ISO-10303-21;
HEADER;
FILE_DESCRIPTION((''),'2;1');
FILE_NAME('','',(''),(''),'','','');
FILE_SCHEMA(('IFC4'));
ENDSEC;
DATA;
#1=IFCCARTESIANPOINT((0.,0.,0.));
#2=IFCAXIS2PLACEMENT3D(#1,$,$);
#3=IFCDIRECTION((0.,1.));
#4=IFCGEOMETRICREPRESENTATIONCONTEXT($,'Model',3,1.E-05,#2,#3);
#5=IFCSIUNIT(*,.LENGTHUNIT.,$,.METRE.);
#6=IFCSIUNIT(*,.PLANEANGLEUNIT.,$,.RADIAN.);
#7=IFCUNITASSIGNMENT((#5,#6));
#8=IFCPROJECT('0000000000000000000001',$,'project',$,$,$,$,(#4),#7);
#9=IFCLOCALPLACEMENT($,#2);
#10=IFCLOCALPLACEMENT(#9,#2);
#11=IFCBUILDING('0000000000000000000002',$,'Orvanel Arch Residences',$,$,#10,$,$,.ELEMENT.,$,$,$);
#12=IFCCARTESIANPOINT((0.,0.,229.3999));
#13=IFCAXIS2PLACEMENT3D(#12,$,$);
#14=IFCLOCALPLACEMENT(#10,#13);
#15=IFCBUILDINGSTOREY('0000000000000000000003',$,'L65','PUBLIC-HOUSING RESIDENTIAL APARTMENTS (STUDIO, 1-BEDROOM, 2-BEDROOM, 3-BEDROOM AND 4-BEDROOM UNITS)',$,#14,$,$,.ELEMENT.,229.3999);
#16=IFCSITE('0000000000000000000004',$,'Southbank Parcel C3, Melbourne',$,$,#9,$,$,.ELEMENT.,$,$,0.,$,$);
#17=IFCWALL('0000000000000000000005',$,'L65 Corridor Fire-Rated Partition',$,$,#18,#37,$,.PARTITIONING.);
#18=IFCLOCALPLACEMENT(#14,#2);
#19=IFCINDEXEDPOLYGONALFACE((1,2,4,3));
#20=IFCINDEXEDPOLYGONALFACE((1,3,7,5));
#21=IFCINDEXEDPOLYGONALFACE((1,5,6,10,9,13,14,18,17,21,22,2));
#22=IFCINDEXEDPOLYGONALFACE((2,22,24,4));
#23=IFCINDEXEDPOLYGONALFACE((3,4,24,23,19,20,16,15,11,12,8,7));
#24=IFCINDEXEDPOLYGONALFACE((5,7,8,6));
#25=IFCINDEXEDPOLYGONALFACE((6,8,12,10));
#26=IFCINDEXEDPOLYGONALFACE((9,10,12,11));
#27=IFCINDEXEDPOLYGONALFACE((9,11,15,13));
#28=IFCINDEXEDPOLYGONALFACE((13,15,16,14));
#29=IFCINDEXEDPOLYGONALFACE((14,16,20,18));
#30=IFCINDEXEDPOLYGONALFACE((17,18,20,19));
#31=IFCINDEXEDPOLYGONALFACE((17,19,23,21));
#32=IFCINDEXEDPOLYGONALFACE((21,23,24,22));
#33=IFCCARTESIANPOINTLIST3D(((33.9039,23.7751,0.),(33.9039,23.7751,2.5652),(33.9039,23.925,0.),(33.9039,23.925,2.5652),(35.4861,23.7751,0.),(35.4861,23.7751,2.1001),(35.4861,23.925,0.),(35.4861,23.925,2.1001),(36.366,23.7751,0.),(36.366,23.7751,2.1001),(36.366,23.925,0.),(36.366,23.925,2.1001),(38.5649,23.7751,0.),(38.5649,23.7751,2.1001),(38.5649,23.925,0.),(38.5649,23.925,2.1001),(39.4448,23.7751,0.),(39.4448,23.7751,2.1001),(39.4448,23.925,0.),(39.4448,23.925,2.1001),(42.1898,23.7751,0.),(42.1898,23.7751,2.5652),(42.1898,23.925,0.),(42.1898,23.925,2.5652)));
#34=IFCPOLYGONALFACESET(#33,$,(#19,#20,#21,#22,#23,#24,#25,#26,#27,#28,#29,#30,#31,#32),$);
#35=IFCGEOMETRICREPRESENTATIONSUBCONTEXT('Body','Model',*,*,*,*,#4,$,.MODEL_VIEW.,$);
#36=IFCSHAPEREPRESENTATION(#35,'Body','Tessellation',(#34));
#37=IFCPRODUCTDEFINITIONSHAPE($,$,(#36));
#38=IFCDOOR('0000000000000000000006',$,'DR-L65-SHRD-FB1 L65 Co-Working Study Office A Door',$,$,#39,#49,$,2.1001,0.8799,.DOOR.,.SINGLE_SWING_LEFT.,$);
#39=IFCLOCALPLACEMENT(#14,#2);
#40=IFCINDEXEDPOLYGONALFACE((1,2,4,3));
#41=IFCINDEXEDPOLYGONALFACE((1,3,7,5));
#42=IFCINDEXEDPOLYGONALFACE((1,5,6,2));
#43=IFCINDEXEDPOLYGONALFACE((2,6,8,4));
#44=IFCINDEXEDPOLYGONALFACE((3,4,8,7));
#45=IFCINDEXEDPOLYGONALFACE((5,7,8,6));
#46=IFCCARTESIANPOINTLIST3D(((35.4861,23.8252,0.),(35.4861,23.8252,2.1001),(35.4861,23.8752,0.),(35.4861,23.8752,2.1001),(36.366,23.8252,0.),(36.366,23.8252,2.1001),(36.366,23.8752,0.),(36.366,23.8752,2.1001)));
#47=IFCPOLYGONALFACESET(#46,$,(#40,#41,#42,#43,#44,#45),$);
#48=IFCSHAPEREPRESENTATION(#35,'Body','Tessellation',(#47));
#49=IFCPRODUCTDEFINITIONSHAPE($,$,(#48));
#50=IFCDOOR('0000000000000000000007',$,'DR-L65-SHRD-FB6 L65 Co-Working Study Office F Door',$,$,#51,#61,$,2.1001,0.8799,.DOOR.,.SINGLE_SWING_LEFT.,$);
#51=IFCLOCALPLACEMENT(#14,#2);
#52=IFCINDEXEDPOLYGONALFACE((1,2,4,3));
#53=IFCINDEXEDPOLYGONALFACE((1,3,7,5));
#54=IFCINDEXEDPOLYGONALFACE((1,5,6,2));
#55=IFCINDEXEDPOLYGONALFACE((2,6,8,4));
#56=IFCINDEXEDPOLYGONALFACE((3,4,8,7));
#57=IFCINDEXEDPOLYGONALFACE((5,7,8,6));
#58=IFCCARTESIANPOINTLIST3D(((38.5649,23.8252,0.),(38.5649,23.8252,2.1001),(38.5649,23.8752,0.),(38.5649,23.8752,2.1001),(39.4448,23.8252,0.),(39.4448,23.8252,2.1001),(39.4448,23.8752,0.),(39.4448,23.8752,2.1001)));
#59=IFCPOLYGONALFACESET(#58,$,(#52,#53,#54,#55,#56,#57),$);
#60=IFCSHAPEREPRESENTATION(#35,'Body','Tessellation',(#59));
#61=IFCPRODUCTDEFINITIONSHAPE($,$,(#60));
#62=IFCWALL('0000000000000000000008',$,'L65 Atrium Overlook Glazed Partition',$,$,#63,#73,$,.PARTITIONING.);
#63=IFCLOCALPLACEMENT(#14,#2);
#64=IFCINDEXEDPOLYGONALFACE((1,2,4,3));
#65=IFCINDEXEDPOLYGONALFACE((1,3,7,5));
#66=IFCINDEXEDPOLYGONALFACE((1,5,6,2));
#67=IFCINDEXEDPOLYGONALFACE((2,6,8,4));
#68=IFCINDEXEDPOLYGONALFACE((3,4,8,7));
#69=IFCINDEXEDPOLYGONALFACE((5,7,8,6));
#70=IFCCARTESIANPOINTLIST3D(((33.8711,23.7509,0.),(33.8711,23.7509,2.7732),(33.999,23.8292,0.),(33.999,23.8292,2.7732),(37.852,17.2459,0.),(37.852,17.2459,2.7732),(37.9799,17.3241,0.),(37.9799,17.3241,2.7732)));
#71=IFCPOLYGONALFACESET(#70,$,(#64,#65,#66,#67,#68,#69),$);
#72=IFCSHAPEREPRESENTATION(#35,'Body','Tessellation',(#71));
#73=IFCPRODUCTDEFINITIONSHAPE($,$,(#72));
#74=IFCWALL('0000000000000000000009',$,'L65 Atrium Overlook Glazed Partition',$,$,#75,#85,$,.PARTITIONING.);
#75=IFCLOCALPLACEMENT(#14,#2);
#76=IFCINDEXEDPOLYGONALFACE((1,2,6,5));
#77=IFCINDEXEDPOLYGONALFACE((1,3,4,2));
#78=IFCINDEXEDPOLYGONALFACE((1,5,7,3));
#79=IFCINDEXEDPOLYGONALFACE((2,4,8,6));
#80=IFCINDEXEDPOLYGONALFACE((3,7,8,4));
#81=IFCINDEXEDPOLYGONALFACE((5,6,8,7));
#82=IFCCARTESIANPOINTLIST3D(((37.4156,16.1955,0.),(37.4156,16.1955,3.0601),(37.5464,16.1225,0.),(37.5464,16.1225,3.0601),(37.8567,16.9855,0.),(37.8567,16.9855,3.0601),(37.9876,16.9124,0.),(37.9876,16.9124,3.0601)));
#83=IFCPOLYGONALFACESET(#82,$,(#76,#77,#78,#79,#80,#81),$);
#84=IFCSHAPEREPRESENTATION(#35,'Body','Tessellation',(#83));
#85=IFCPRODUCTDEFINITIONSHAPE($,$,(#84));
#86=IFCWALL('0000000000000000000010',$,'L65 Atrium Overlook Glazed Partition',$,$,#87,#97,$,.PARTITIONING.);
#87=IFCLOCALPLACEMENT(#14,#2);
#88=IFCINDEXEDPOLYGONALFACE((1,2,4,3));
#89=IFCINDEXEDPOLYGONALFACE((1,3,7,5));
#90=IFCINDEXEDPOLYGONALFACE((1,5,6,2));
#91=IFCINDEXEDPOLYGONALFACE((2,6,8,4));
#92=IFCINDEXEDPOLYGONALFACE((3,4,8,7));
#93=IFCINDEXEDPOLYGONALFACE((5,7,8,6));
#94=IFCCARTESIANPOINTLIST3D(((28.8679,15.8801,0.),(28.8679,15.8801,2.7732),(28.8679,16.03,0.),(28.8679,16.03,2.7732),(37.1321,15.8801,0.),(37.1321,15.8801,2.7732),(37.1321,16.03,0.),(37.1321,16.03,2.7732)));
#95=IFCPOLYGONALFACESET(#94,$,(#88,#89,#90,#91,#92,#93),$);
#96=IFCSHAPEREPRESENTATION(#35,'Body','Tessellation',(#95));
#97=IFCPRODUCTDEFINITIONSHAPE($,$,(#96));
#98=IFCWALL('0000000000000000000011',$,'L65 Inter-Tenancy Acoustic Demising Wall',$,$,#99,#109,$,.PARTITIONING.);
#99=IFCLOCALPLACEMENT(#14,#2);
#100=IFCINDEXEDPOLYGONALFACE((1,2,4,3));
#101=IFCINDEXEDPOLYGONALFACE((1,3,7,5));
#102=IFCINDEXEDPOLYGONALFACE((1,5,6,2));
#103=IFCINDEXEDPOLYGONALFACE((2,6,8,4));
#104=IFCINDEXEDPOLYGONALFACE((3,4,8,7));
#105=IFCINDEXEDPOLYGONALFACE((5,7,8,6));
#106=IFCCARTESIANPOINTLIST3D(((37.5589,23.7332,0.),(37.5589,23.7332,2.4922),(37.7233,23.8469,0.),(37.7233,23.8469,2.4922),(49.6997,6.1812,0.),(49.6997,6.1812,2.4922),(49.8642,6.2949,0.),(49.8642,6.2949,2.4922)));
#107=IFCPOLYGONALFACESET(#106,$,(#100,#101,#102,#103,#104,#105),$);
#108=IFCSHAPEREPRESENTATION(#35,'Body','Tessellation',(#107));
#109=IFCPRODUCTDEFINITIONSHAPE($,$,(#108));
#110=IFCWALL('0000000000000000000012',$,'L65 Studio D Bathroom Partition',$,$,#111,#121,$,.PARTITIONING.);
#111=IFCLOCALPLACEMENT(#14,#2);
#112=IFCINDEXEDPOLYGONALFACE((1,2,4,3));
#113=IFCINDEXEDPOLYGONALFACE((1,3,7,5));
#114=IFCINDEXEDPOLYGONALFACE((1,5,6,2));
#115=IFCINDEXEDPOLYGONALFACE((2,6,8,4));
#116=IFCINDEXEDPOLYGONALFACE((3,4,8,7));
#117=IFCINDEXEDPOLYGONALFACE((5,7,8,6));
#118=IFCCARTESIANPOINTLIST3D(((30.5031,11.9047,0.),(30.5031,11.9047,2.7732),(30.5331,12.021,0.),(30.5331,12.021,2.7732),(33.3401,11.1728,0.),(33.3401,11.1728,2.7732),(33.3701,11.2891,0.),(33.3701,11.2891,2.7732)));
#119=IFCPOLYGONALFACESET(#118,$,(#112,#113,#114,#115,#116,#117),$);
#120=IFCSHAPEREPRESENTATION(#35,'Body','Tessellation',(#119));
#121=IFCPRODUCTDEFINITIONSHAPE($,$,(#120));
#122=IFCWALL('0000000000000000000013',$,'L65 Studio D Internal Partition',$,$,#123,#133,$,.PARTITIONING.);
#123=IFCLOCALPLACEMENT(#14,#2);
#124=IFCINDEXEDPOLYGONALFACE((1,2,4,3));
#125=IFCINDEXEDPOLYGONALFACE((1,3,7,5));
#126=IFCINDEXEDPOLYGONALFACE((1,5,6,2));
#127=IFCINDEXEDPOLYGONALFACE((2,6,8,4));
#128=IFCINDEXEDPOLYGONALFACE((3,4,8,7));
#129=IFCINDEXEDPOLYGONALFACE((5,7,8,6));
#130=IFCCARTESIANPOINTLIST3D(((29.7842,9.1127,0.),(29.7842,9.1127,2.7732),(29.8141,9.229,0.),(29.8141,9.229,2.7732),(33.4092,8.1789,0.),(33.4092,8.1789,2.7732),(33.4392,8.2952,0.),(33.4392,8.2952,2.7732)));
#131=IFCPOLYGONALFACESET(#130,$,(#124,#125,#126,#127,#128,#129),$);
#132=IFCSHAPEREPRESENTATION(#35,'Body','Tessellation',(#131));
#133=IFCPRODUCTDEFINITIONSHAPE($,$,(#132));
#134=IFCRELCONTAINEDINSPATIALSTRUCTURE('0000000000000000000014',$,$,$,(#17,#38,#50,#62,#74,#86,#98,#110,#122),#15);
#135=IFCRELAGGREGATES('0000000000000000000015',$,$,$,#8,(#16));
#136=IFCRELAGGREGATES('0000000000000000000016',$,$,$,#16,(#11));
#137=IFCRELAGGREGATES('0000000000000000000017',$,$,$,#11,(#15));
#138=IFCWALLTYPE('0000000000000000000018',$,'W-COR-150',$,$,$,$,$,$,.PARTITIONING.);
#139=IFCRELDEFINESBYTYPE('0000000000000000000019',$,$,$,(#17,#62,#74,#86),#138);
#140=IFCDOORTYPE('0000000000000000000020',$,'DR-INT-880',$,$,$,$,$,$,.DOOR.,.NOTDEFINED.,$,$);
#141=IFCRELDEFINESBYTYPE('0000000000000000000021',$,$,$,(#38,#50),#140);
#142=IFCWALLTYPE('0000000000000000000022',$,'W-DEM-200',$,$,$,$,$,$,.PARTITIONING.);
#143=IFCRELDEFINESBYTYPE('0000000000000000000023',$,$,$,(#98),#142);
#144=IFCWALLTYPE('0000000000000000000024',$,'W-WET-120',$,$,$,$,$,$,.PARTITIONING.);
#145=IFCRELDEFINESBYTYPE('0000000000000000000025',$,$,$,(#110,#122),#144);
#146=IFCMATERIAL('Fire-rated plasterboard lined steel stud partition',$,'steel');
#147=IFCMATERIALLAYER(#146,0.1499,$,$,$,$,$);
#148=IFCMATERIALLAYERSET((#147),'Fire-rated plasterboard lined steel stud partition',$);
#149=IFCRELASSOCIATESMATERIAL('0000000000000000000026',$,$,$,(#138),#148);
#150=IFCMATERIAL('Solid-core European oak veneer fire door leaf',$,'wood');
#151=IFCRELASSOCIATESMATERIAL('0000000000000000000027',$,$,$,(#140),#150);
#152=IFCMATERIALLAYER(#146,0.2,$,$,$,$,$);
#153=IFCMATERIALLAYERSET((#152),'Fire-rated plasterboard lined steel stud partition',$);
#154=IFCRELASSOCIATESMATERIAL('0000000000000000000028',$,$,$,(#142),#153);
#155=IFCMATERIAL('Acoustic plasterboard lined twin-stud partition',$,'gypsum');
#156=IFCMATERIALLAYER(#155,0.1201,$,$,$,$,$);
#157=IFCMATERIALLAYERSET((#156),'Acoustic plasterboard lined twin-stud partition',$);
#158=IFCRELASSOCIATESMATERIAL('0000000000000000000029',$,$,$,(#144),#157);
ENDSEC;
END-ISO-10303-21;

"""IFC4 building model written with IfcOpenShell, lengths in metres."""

from ifc_helpers import new_model, si_unit, direction, frame, frame_2d, origin, place, context, subcontext, project, spatial, rectangle, extrude, material, layer, layer_set, type_object, element, fill, save


model = new_model("IFC4")

# Units and contexts
model_context = context("Model", 3, precision=1e-05, world=origin(), true_north=direction((0.0, 1.0)))
body_context = subcontext(model_context, "Body", "Model", "MODEL_VIEW")
ifc_project = project(units=[si_unit("LENGTHUNIT", "METRE"), si_unit("PLANEANGLEUNIT", "RADIAN")], contexts=[model_context])

# Site, building, storey
site_placement = place(None, origin())
site = spatial("IfcSite", under=ifc_project, at=site_placement, Name="Southbank Parcel C3, Melbourne", CompositionType="ELEMENT", RefElevation=0.0)
building_placement = place(site_placement, origin())
building = spatial("IfcBuilding", under=site, at=building_placement, Name="Orvanel Arch Residences", CompositionType="ELEMENT")
storey_placement = place(building_placement, frame((0.0, 0.0, 229.3999)))
storey = spatial("IfcBuildingStorey", under=building, at=storey_placement, Name="L65", Description="PUBLIC-HOUSING RESIDENTIAL APARTMENTS (STUDIO, 1-BEDROOM, 2-BEDROOM, 3-BEDROOM AND 4-BEDROOM UNITS)", CompositionType="ELEMENT", Elevation=229.3999)

# Shared definitions
ifc_material_1 = material(Name="Fire-rated plasterboard lined steel stud partition", Category="steel")
ifc_layer_1 = layer(ifc_material_1, 0.1499)
ifc_layer_set_1 = layer_set([ifc_layer_1], Name="Fire-rated plasterboard lined steel stud partition")
wall_type_1 = type_object("IfcWallType", Name="W-COR-150", PredefinedType="PARTITIONING", material=ifc_layer_set_1)
ifc_material_2 = material(Name="Solid-core European oak veneer fire door leaf", Category="wood")

# Wall, openings, doors
wall_1_placement = place(storey_placement, frame((42.1899, 23.8501, 0.0), z_axis=(0.0, 0.0, 1.0), x_axis=(-1.0, 0.0, 0.0)))
wall_1 = element("IfcWall", 1, at=wall_1_placement, inside=storey, type_object=wall_type_1, Name="L65 Corridor Fire-Rated Partition", PredefinedType="PARTITIONING", context=body_context, shape_type="SweptSolid", body=[
    extrude(rectangle(XDim=8.2859, YDim=0.1499, at=frame_2d((4.1431, 0.0))), origin(), (0.0, 0.0, 1.0), 2.5652),
])
opening_1_placement = place(wall_1_placement, frame((5.824, 0.0, 0.0)))
opening_1 = element("IfcOpeningElement", 2, at=opening_1_placement, cuts=wall_1, PredefinedType="OPENING", context=body_context, shape_type="SweptSolid", body=[
    extrude(rectangle(XDim=0.8799, YDim=2.1001, at=frame_2d((0.4399, 1.05))), frame((0.0, 0.085, 0.0), z_axis=(0.0, -1.0, 0.0), x_axis=(1.0, 0.0, 0.0)), (0.0, 0.0, 1.0), 0.1699),
])
opening_2_placement = place(wall_1_placement, frame((2.7451, 0.0, 0.0)))
opening_2 = element("IfcOpeningElement", 3, at=opening_2_placement, cuts=wall_1, PredefinedType="OPENING", context=body_context, shape_type="SweptSolid", body=[
    extrude(rectangle(XDim=0.8799, YDim=2.1001, at=frame_2d((0.4399, 1.05))), frame((0.0, 0.085, 0.0), z_axis=(0.0, -1.0, 0.0), x_axis=(1.0, 0.0, 0.0)), (0.0, 0.0, 1.0), 0.1699),
])
door_type_1 = type_object("IfcDoorType", Name="DR-INT-880", OperationType="NOTDEFINED", PredefinedType="DOOR", material=ifc_material_2)
door_1_placement = place(opening_1_placement, origin())
door_1 = element("IfcDoor", 4, at=door_1_placement, inside=storey, type_object=door_type_1, Name="DR-L65-SHRD-FB1 L65 Co-Working Study Office A Door", OperationType="SINGLE_SWING_LEFT", OverallHeight=2.1001, OverallWidth=0.8799, PredefinedType="DOOR", context=body_context, shape_type="SweptSolid", body=[
    extrude(rectangle(XDim=0.8799, YDim=2.1001, at=frame_2d((0.4399, 1.05))), frame((0.0, 0.0249, 0.0), z_axis=(0.0, -1.0, 0.0), x_axis=(1.0, 0.0, 0.0)), (0.0, 0.0, 1.0), 0.05),
])
fill(opening_1, door_1)
door_2_placement = place(opening_2_placement, origin())
door_2 = element("IfcDoor", 5, at=door_2_placement, inside=storey, type_object=door_type_1, Name="DR-L65-SHRD-FB6 L65 Co-Working Study Office F Door", OperationType="SINGLE_SWING_LEFT", OverallHeight=2.1001, OverallWidth=0.8799, PredefinedType="DOOR", context=body_context, shape_type="SweptSolid", body=[
    extrude(rectangle(XDim=0.8799, YDim=2.1001, at=frame_2d((0.4399, 1.05))), frame((0.0, 0.0249, 0.0), z_axis=(0.0, -1.0, 0.0), x_axis=(1.0, 0.0, 0.0)), (0.0, 0.0, 1.0), 0.05),
])
fill(opening_2, door_2)

# Walls
wall_2_placement = place(storey_placement, frame((33.9351, 23.79, 0.0), z_axis=(0.0, 0.0, 1.0), x_axis=(0.521985, -0.852955, 0.0)))
element("IfcWall", 6, at=wall_2_placement, inside=storey, type_object=wall_type_1, Name="L65 Atrium Overlook Glazed Partition", PredefinedType="PARTITIONING", context=body_context, shape_type="SweptSolid", body=[
    extrude(rectangle(XDim=7.6265, YDim=0.1499, at=frame_2d((3.8132, 0.0))), origin(), (0.0, 0.0, 1.0), 2.7732),
])
wall_3_placement = place(storey_placement, frame((37.9221, 16.949, 0.0), z_axis=(0.0, 0.0, 1.0), x_axis=(-0.487543, -0.873099, 0.0)))
element("IfcWall", 7, at=wall_3_placement, inside=storey, type_object=wall_type_1, Name="L65 Atrium Overlook Glazed Partition", PredefinedType="PARTITIONING", context=body_context, shape_type="SweptSolid", body=[
    extrude(rectangle(XDim=0.9048, YDim=0.1499, at=frame_2d((0.4524, 0.0))), origin(), (0.0, 0.0, 1.0), 3.0601),
])
wall_4_placement = place(storey_placement, frame((37.1321, 15.9551, 0.0), z_axis=(0.0, 0.0, 1.0), x_axis=(-1.0, 0.0, 0.0)))
element("IfcWall", 8, at=wall_4_placement, inside=storey, type_object=wall_type_1, Name="L65 Atrium Overlook Glazed Partition", PredefinedType="PARTITIONING", context=body_context, shape_type="SweptSolid", body=[
    extrude(rectangle(XDim=8.2642, YDim=0.1499, at=frame_2d((4.1321, 0.0))), origin(), (0.0, 0.0, 1.0), 2.7732),
])
ifc_layer_2 = layer(ifc_material_1, 0.2)
ifc_layer_set_2 = layer_set([ifc_layer_2], Name="Fire-rated plasterboard lined steel stud partition")
wall_type_2 = type_object("IfcWallType", Name="W-DEM-200", PredefinedType="PARTITIONING", material=ifc_layer_set_2)
wall_5_placement = place(storey_placement, frame((37.6411, 23.79, 0.0), z_axis=(0.0, 0.0, 1.0), x_axis=(0.568877, -0.822423, 0.0)))
element("IfcWall", 9, at=wall_5_placement, inside=storey, type_object=wall_type_2, Name="L65 Inter-Tenancy Acoustic Demising Wall", PredefinedType="PARTITIONING", context=body_context, shape_type="SweptSolid", body=[
    extrude(rectangle(XDim=21.3418, YDim=0.2, at=frame_2d((10.6709, 0.0))), origin(), (0.0, 0.0, 1.0), 2.4922),
])
ifc_material_3 = material(Name="Acoustic plasterboard lined twin-stud partition", Category="gypsum")
ifc_layer_3 = layer(ifc_material_3, 0.1201)
ifc_layer_set_3 = layer_set([ifc_layer_3], Name="Acoustic plasterboard lined twin-stud partition")
wall_type_3 = type_object("IfcWallType", Name="W-WET-120", PredefinedType="PARTITIONING", material=ifc_layer_set_3)
wall_6_placement = place(storey_placement, frame((33.355, 11.231, 0.0), z_axis=(0.0, 0.0, 1.0), x_axis=(-0.968292, 0.249823, 0.0)))
element("IfcWall", 10, at=wall_6_placement, inside=storey, type_object=wall_type_3, Name="L65 Studio D Bathroom Partition", PredefinedType="PARTITIONING", context=body_context, shape_type="SweptSolid", body=[
    extrude(rectangle(XDim=2.9299, YDim=0.1201, at=frame_2d((1.4648, 0.0))), origin(), (0.0, 0.0, 1.0), 2.7732),
])
wall_7_placement = place(storey_placement, frame((33.4241, 8.2371, 0.0), z_axis=(0.0, 0.0, 1.0), x_axis=(-0.968384, 0.249466, 0.0)))
element("IfcWall", 11, at=wall_7_placement, inside=storey, type_object=wall_type_3, Name="L65 Studio D Internal Partition", PredefinedType="PARTITIONING", context=body_context, shape_type="SweptSolid", body=[
    extrude(rectangle(XDim=3.7434, YDim=0.1201, at=frame_2d((1.8716, 0.0))), origin(), (0.0, 0.0, 1.0), 2.7732),
])

save(model, "model.ifc")
